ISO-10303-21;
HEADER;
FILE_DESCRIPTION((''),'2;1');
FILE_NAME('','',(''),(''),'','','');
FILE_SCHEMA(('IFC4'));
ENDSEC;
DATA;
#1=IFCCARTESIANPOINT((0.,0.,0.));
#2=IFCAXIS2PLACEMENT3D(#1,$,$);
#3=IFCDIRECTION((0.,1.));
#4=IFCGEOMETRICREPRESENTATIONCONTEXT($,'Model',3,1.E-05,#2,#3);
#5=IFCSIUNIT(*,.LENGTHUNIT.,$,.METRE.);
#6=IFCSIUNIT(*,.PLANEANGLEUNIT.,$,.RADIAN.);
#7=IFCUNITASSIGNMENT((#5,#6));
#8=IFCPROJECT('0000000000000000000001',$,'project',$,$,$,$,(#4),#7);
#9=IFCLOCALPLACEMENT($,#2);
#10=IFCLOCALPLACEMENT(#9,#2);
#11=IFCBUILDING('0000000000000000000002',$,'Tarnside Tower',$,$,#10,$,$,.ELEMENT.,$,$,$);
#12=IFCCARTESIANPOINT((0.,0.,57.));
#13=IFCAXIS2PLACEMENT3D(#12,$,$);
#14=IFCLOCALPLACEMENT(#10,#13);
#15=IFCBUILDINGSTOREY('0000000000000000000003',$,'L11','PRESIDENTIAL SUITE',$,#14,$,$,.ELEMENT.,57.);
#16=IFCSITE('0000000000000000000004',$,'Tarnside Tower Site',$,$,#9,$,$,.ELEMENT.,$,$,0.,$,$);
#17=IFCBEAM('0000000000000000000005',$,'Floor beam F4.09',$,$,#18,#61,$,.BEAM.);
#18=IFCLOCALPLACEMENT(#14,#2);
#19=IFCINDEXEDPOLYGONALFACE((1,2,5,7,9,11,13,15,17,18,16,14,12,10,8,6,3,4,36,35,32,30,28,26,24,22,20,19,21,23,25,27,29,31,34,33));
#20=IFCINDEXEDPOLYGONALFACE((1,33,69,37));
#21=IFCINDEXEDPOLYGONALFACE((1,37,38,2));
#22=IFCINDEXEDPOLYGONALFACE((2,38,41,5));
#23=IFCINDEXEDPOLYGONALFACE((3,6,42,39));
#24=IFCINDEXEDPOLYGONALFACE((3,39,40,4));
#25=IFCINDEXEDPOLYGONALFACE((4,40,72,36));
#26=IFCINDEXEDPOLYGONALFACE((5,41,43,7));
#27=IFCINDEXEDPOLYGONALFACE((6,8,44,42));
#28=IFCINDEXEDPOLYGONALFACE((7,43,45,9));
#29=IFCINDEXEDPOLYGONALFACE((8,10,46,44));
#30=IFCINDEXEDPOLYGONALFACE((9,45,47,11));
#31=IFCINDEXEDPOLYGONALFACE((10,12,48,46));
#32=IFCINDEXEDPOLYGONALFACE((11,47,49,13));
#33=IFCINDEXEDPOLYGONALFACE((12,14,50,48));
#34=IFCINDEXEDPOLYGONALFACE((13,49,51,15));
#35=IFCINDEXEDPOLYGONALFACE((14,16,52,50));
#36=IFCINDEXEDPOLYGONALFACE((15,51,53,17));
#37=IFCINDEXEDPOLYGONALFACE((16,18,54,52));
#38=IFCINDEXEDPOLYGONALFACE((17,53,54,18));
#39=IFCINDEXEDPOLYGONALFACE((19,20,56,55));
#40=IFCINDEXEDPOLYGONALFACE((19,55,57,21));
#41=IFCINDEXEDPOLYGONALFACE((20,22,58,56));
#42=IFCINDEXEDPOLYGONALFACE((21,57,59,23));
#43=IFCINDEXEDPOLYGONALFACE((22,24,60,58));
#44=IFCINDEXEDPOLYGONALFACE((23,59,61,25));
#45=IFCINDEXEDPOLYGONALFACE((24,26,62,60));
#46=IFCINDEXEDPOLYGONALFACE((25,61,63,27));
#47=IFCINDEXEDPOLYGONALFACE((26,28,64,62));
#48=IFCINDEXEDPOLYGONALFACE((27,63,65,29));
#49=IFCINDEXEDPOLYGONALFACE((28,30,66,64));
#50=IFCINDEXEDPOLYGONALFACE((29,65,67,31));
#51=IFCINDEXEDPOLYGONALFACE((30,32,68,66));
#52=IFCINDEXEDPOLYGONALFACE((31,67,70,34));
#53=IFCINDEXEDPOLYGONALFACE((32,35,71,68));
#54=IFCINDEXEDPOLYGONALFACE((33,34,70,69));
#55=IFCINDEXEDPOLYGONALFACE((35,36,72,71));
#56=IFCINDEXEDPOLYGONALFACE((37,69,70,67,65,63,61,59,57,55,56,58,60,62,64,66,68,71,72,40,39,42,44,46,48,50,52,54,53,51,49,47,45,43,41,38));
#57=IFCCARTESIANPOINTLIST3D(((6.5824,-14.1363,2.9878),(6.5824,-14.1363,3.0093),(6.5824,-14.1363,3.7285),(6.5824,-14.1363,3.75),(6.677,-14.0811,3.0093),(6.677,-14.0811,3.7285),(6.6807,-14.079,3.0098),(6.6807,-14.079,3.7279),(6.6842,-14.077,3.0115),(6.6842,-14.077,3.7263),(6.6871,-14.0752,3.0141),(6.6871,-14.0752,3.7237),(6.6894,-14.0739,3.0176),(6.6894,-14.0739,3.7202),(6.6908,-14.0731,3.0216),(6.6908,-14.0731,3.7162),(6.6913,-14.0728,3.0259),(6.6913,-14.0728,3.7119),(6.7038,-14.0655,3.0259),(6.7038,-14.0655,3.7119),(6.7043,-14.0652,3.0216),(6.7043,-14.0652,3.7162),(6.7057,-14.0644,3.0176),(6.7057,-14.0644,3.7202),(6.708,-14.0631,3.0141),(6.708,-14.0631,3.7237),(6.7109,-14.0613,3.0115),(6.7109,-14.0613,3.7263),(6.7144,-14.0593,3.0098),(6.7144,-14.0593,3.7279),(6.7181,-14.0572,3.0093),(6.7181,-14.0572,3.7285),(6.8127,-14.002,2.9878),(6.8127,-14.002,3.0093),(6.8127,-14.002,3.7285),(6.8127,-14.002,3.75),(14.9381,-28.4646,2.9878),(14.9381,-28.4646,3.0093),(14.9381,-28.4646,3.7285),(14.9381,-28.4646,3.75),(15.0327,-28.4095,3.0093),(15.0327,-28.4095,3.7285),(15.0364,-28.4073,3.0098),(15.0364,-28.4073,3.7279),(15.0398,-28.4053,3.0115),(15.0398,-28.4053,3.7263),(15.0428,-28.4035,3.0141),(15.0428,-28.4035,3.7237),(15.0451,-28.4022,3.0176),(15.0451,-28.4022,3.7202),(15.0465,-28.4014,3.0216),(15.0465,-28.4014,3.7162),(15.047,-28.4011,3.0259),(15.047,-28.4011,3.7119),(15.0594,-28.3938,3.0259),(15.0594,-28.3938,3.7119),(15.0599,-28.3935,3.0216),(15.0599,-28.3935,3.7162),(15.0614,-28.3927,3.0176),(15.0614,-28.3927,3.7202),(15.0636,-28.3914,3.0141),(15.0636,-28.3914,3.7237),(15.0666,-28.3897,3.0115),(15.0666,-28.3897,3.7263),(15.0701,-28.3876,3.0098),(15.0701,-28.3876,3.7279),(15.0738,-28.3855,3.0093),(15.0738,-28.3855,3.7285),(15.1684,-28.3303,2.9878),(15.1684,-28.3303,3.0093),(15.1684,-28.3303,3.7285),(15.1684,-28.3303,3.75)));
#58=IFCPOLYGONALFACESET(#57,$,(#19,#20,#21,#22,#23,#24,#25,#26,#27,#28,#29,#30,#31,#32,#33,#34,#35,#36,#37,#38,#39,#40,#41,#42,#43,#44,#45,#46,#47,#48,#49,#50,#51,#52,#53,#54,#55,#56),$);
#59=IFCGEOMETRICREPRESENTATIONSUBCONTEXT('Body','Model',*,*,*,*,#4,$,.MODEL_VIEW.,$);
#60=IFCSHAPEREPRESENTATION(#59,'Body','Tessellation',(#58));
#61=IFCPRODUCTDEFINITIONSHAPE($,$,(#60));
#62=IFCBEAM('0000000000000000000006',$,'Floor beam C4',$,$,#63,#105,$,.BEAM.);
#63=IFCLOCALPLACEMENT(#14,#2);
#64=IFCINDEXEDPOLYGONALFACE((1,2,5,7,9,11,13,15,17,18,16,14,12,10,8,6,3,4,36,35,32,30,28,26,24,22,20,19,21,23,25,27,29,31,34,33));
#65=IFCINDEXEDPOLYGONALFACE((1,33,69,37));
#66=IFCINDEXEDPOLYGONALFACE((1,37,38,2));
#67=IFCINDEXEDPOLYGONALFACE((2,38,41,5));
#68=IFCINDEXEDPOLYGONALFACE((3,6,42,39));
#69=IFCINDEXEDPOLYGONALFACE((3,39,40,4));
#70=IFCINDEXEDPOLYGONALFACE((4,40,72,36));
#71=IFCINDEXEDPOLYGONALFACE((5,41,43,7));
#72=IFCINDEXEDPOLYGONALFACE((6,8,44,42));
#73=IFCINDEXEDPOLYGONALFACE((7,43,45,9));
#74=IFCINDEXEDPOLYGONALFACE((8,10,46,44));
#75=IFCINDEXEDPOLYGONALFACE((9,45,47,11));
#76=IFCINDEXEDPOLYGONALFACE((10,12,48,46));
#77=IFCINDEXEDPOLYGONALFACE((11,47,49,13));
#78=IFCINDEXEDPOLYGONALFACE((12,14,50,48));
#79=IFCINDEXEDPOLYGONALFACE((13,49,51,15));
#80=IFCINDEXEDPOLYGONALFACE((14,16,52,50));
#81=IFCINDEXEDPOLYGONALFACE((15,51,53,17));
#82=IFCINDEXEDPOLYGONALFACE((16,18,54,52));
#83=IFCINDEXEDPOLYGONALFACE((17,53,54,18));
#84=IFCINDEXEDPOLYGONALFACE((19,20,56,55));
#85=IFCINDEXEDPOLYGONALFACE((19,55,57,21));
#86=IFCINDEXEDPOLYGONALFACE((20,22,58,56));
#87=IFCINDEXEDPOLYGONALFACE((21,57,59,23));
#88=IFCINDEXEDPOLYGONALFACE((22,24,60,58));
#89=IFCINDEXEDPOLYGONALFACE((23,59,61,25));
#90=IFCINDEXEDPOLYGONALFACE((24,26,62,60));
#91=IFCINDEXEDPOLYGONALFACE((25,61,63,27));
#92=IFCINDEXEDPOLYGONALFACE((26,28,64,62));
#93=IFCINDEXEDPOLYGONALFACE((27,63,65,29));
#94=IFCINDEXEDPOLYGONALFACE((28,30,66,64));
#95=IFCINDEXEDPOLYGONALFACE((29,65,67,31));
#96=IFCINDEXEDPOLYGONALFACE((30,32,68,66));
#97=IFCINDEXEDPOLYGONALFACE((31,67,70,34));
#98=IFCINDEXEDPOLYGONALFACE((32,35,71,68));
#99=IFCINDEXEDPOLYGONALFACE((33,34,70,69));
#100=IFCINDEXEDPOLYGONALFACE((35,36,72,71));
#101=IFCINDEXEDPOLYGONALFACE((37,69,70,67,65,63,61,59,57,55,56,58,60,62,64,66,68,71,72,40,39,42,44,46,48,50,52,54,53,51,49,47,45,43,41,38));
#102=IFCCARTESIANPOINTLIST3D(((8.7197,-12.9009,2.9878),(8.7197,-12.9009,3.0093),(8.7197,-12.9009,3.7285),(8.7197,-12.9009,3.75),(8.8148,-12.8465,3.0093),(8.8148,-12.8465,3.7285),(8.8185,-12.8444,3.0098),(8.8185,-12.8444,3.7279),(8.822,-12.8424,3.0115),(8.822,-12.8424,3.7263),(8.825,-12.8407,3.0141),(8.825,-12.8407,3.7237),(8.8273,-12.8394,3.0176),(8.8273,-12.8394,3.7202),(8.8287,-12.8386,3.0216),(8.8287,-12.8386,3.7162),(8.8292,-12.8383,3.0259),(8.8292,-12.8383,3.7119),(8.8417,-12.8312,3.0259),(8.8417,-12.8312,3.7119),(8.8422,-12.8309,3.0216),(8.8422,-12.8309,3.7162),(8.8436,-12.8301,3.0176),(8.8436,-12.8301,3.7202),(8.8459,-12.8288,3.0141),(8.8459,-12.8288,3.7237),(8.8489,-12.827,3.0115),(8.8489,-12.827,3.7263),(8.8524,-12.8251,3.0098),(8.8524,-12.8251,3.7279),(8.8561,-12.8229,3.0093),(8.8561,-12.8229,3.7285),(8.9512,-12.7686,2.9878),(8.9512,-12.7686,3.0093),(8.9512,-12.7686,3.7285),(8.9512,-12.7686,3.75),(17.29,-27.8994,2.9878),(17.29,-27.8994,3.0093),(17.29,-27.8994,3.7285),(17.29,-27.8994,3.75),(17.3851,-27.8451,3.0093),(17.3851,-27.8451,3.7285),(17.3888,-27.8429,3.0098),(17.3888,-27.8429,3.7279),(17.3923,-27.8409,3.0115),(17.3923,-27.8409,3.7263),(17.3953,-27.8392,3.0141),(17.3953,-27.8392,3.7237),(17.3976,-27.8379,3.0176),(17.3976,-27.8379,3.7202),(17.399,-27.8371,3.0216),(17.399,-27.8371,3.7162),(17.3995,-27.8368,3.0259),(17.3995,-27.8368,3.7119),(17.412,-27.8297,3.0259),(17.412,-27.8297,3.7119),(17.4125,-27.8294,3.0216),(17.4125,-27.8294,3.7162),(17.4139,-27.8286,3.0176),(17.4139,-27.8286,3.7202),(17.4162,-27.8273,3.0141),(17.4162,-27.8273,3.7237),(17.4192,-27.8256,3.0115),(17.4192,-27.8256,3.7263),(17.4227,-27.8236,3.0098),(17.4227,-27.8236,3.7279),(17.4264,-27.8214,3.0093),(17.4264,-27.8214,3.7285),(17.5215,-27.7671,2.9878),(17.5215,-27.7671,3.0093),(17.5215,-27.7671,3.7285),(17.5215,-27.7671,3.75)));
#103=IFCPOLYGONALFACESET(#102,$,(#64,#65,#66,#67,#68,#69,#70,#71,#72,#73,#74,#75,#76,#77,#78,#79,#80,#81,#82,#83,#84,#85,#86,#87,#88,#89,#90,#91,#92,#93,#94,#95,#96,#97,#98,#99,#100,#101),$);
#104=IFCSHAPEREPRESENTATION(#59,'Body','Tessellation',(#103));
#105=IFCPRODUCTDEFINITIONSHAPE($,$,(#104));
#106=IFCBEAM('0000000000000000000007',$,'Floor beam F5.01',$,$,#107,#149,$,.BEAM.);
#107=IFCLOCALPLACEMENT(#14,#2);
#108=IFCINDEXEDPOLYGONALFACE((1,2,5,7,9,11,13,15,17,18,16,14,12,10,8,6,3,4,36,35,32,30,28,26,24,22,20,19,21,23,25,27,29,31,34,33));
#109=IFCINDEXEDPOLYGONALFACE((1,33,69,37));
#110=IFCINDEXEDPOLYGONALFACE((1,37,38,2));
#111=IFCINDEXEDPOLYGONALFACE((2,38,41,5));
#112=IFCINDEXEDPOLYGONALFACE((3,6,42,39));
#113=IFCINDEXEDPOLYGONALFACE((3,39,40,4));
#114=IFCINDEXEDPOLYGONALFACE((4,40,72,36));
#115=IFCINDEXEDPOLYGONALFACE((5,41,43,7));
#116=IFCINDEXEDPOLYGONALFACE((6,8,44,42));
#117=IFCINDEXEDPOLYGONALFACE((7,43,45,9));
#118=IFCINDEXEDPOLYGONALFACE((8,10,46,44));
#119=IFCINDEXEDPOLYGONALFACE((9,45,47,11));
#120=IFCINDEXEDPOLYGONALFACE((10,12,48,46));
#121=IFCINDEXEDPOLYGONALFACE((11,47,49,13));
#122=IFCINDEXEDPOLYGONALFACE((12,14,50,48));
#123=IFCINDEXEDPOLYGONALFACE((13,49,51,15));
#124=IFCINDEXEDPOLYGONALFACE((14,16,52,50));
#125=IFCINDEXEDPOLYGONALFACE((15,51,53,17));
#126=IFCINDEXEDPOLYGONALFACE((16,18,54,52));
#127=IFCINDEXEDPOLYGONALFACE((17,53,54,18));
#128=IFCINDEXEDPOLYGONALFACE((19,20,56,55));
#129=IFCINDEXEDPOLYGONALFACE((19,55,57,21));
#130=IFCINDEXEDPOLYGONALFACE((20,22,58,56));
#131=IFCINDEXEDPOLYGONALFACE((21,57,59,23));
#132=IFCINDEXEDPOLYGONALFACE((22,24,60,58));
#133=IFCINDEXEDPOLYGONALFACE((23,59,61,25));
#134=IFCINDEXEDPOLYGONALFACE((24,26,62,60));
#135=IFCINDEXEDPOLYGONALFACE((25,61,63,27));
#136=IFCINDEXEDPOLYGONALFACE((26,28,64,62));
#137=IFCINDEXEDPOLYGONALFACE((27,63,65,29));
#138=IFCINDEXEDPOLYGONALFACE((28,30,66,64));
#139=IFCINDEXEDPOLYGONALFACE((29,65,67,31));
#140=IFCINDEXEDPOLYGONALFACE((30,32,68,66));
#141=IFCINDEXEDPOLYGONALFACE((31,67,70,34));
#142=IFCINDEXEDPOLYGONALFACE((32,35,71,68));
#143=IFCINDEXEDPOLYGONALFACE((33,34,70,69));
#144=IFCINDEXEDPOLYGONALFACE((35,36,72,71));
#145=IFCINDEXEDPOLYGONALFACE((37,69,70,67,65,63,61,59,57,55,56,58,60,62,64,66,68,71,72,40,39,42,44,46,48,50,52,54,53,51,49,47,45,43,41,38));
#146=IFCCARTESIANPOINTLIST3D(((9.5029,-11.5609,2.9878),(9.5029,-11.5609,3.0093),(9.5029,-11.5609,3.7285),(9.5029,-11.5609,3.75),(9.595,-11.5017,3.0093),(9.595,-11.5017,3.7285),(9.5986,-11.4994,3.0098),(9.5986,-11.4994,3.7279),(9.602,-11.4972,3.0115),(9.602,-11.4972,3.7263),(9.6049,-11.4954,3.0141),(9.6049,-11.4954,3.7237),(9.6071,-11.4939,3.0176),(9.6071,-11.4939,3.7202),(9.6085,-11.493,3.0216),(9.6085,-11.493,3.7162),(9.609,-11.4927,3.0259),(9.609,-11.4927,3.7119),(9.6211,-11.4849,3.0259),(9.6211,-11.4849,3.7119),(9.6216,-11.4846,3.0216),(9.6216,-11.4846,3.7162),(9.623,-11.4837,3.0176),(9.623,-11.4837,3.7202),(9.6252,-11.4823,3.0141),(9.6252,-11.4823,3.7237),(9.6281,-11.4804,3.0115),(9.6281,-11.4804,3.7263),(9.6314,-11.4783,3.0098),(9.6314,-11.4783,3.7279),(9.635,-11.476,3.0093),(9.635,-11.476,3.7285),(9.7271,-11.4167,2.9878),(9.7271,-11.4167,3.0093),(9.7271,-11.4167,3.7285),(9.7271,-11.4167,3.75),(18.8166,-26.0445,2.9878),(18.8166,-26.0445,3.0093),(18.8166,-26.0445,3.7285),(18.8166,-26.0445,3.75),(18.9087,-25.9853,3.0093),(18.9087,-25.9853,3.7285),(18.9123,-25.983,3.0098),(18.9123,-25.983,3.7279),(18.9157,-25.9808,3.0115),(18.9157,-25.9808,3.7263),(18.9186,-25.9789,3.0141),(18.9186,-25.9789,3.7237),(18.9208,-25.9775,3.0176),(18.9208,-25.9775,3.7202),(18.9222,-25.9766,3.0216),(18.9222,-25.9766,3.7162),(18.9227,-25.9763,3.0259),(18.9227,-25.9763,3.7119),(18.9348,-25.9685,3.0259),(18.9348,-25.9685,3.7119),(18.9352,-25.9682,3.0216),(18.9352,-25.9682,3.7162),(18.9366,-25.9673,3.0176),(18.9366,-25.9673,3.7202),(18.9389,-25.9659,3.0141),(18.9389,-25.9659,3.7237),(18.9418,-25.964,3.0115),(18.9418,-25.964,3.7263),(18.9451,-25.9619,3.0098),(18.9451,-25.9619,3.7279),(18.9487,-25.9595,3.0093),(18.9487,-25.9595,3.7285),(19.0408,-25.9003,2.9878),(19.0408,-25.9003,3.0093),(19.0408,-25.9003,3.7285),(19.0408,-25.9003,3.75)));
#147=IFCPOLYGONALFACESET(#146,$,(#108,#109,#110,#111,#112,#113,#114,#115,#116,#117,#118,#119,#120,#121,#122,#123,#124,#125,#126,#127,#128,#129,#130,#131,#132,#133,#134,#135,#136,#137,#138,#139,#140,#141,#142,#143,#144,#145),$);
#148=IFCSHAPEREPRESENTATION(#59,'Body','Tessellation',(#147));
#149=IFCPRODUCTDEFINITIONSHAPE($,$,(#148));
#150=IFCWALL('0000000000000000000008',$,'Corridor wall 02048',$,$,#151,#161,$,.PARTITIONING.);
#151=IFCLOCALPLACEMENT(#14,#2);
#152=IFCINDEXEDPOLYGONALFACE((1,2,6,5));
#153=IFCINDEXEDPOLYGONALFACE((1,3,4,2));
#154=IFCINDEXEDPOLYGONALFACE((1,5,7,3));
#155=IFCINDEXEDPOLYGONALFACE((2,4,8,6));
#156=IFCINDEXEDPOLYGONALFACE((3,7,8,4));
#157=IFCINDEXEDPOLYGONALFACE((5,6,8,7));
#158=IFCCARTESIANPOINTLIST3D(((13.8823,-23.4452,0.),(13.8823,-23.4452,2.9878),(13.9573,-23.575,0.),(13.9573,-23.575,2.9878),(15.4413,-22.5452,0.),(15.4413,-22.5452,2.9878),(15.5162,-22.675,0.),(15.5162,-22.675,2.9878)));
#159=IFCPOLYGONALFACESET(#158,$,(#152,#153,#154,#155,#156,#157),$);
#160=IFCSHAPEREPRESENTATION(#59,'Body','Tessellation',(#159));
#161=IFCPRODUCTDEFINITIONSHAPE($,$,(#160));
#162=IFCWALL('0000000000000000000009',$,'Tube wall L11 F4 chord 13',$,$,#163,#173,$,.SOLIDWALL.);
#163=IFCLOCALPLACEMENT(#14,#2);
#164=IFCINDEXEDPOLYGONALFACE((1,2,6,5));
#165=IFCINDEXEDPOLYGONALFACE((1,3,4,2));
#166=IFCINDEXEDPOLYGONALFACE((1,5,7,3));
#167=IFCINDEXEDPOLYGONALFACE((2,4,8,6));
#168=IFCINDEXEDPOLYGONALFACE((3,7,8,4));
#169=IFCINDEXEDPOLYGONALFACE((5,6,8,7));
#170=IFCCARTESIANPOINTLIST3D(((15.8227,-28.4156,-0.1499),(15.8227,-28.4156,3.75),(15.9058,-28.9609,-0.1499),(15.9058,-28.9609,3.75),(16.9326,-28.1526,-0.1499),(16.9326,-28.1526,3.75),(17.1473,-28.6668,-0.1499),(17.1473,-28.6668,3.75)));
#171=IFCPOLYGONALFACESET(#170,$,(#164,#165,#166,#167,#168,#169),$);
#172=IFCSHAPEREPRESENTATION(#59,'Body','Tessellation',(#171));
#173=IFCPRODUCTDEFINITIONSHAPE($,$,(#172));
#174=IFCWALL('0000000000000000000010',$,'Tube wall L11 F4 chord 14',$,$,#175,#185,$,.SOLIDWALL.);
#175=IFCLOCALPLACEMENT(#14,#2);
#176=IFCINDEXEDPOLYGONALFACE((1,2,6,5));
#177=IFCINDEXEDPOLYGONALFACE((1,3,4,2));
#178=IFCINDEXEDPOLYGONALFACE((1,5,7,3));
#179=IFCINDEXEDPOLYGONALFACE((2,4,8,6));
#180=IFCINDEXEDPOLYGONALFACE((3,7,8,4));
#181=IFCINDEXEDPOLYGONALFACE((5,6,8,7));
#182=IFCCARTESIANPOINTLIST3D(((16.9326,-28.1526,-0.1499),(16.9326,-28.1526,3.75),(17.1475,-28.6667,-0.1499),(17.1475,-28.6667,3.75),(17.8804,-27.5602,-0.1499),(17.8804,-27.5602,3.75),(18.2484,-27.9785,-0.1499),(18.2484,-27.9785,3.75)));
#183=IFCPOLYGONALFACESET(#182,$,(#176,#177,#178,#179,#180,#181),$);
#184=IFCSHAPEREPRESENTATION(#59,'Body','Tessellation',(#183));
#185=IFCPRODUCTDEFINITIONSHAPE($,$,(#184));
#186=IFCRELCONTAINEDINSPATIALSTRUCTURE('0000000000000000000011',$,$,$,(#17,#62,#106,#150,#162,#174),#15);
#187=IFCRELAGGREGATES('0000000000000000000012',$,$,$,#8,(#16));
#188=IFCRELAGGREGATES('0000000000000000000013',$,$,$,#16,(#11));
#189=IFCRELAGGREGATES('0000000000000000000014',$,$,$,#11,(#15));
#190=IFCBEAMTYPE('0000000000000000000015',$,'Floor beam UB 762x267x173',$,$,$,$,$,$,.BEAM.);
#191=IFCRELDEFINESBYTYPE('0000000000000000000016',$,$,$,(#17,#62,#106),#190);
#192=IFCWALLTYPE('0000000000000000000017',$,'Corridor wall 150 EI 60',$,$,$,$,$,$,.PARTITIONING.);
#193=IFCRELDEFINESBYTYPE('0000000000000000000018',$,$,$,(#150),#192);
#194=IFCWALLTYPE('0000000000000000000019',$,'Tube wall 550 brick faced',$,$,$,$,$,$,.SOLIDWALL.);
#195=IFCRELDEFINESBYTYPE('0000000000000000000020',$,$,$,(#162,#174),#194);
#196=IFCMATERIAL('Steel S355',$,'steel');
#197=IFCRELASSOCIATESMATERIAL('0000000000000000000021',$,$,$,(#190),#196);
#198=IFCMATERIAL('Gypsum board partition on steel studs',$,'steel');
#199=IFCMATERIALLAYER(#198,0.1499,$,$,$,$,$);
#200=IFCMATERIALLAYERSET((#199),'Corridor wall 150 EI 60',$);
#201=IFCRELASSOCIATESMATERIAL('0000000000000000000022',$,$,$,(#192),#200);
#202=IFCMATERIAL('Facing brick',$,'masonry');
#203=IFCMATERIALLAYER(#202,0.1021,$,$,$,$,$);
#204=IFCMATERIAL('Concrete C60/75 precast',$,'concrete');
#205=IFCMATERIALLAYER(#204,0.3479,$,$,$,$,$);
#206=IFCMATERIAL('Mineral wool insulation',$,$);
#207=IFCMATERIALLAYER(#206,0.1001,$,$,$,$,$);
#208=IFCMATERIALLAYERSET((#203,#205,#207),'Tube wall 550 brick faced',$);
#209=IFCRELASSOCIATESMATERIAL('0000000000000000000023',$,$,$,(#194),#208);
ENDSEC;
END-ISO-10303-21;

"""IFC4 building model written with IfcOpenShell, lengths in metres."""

from ifc_helpers import new_model, si_unit, direction, frame, frame_2d, origin, origin_2d, place, context, subcontext, project, spatial, polyline, rectangle, i_section, outline, extrude, material, layer, layer_set, material_profile, profile_set, type_object, element, save


model = new_model("IFC4")

# Units and contexts
model_context = context("Model", 3, precision=1e-05, world=origin(), true_north=direction((0.0, 1.0)))
body_context = subcontext(model_context, "Body", "Model", "MODEL_VIEW")
ifc_project = project(units=[si_unit("LENGTHUNIT", "METRE"), si_unit("PLANEANGLEUNIT", "RADIAN")], contexts=[model_context])

# Site, building, storey
site_placement = place(None, origin())
site = spatial("IfcSite", under=ifc_project, at=site_placement, Name="Tarnside Tower Site", CompositionType="ELEMENT", RefElevation=0.0)
building_placement = place(site_placement, origin())
building = spatial("IfcBuilding", under=site, at=building_placement, Name="Tarnside Tower", CompositionType="ELEMENT")
storey_placement = place(building_placement, frame((0.0, 0.0, 57.0)))
storey = spatial("IfcBuildingStorey", under=building, at=storey_placement, Name="L11", Description="PRESIDENTIAL SUITE", CompositionType="ELEMENT", Elevation=57.0)

# Beams
ifc_material_1 = material(Name="Steel S355", Category="steel")
ifc_material_profile = material_profile(ifc_material_1, i_section(OverallWidth=0.2666, OverallDepth=0.7622, WebThickness=0.0144, FlangeThickness=0.0215, FilletRadius=0.0166, at=origin_2d()), Name="UB 762x267x173")
ifc_profile_set = profile_set([ifc_material_profile], Name="Steel S355")
beam_type = type_object("IfcBeamType", Name="Floor beam UB 762x267x173", PredefinedType="BEAM", material=ifc_profile_set)
beam_1_placement = place(storey_placement, frame((15.0532, -28.3975, 3.3689), z_axis=(-0.503758, 0.863845, 0.0), x_axis=(-0.863845, -0.503758, 0.0)))
element("IfcBeam", 1, at=beam_1_placement, inside=storey, type_object=beam_type, Name="Floor beam F4.09", PredefinedType="BEAM", context=body_context, shape_type="SweptSolid", body=[
    extrude(i_section(OverallWidth=0.2666, OverallDepth=0.7622, WebThickness=0.0144, FlangeThickness=0.0215, FilletRadius=0.0166, at=origin_2d()), origin(), (0.0, 0.0, 1.0), 16.5867),
])
beam_2_placement = place(storey_placement, frame((17.4058, -27.8333, 3.3689), z_axis=(-0.496127, 0.86825, 0.0), x_axis=(-0.86825, -0.496127, 0.0)))
element("IfcBeam", 2, at=beam_2_placement, inside=storey, type_object=beam_type, Name="Floor beam C4", PredefinedType="BEAM", context=body_context, shape_type="SweptSolid", body=[
    extrude(i_section(OverallWidth=0.2666, OverallDepth=0.7622, WebThickness=0.0144, FlangeThickness=0.0215, FilletRadius=0.0166, at=origin_2d()), origin(), (0.0, 0.0, 1.0), 17.2744),
])
beam_3_placement = place(storey_placement, frame((18.9287, -25.9724, 3.3689), z_axis=(-0.540873, 0.841104, 0.0), x_axis=(-0.841104, -0.540873, 0.0)))
element("IfcBeam", 3, at=beam_3_placement, inside=storey, type_object=beam_type, Name="Floor beam F5.01", PredefinedType="BEAM", context=body_context, shape_type="SweptSolid", body=[
    extrude(i_section(OverallWidth=0.2666, OverallDepth=0.7622, WebThickness=0.0144, FlangeThickness=0.0215, FilletRadius=0.0166, at=origin_2d()), origin(), (0.0, 0.0, 1.0), 17.2197),
])

# Walls
ifc_material_2 = material(Name="Gypsum board partition on steel studs", Category="steel")
ifc_layer_1 = layer(ifc_material_2, 0.1499)
ifc_layer_set_1 = layer_set([ifc_layer_1], Name="Corridor wall 150 EI 60")
wall_type_1 = type_object("IfcWallType", Name="Corridor wall 150 EI 60", PredefinedType="PARTITIONING", material=ifc_layer_set_1)
wall_1_placement = place(storey_placement, frame((13.9199, -23.51, 0.0), z_axis=(0.0, 0.0, 1.0), x_axis=(0.866048, 0.499961, 0.0)))
element("IfcWall", 4, at=wall_1_placement, inside=storey, type_object=wall_type_1, Name="Corridor wall 02048", PredefinedType="PARTITIONING", context=body_context, shape_type="SweptSolid", body=[
    extrude(rectangle(XDim=1.8, YDim=0.1499, at=frame_2d((0.8999, 0.0))), origin(), (0.0, 0.0, 1.0), 2.9878),
])
ifc_material_3 = material(Name="Facing brick", Category="masonry")
ifc_layer_2 = layer(ifc_material_3, 0.1021)
ifc_material_4 = material(Name="Concrete C60/75 precast", Category="concrete")
ifc_layer_3 = layer(ifc_material_4, 0.3479)
ifc_material_5 = material(Name="Mineral wool insulation")
ifc_layer_4 = layer(ifc_material_5, 0.1001)
ifc_layer_set_2 = layer_set([ifc_layer_2, ifc_layer_3, ifc_layer_4], Name="Tube wall 550 brick faced")
wall_type_2 = type_object("IfcWallType", Name="Tube wall 550 brick faced", PredefinedType="SOLIDWALL", material=ifc_layer_set_2)
wall_2_placement = place(storey_placement, frame((15.8643, -28.6882, -0.1499), z_axis=(0.0, 0.0, 1.0), x_axis=(0.973064, 0.230537, 0.0)))
element("IfcWall", 5, at=wall_2_placement, inside=storey, type_object=wall_type_2, Name="Tube wall L11 F4 chord 13", PredefinedType="SOLIDWALL", context=body_context, shape_type="SweptSolid", body=[
    extrude(outline(polyline([(-0.0225, -0.2749), (1.2534, -0.2749), (1.1631, 0.2749), (0.0225, 0.2749), (-0.0225, -0.2749)])), origin(), (0.0, 0.0, 1.0), 3.8999),
])
wall_3_placement = place(storey_placement, frame((17.04, -28.4097, -0.1499), z_axis=(0.0, 0.0, 1.0), x_axis=(0.847953, 0.530072, 0.0)))
element("IfcWall", 6, at=wall_3_placement, inside=storey, type_object=wall_type_2, Name="Tube wall L11 F4 chord 14", PredefinedType="SOLIDWALL", context=body_context, shape_type="SweptSolid", body=[
    extrude(outline(polyline([(-0.0452, -0.2749), (1.2532, -0.2749), (1.1628, 0.2749), (0.0452, 0.2749), (-0.0452, -0.2749)])), origin(), (0.0, 0.0, 1.0), 3.8999),
])

save(model, "model.ifc")
